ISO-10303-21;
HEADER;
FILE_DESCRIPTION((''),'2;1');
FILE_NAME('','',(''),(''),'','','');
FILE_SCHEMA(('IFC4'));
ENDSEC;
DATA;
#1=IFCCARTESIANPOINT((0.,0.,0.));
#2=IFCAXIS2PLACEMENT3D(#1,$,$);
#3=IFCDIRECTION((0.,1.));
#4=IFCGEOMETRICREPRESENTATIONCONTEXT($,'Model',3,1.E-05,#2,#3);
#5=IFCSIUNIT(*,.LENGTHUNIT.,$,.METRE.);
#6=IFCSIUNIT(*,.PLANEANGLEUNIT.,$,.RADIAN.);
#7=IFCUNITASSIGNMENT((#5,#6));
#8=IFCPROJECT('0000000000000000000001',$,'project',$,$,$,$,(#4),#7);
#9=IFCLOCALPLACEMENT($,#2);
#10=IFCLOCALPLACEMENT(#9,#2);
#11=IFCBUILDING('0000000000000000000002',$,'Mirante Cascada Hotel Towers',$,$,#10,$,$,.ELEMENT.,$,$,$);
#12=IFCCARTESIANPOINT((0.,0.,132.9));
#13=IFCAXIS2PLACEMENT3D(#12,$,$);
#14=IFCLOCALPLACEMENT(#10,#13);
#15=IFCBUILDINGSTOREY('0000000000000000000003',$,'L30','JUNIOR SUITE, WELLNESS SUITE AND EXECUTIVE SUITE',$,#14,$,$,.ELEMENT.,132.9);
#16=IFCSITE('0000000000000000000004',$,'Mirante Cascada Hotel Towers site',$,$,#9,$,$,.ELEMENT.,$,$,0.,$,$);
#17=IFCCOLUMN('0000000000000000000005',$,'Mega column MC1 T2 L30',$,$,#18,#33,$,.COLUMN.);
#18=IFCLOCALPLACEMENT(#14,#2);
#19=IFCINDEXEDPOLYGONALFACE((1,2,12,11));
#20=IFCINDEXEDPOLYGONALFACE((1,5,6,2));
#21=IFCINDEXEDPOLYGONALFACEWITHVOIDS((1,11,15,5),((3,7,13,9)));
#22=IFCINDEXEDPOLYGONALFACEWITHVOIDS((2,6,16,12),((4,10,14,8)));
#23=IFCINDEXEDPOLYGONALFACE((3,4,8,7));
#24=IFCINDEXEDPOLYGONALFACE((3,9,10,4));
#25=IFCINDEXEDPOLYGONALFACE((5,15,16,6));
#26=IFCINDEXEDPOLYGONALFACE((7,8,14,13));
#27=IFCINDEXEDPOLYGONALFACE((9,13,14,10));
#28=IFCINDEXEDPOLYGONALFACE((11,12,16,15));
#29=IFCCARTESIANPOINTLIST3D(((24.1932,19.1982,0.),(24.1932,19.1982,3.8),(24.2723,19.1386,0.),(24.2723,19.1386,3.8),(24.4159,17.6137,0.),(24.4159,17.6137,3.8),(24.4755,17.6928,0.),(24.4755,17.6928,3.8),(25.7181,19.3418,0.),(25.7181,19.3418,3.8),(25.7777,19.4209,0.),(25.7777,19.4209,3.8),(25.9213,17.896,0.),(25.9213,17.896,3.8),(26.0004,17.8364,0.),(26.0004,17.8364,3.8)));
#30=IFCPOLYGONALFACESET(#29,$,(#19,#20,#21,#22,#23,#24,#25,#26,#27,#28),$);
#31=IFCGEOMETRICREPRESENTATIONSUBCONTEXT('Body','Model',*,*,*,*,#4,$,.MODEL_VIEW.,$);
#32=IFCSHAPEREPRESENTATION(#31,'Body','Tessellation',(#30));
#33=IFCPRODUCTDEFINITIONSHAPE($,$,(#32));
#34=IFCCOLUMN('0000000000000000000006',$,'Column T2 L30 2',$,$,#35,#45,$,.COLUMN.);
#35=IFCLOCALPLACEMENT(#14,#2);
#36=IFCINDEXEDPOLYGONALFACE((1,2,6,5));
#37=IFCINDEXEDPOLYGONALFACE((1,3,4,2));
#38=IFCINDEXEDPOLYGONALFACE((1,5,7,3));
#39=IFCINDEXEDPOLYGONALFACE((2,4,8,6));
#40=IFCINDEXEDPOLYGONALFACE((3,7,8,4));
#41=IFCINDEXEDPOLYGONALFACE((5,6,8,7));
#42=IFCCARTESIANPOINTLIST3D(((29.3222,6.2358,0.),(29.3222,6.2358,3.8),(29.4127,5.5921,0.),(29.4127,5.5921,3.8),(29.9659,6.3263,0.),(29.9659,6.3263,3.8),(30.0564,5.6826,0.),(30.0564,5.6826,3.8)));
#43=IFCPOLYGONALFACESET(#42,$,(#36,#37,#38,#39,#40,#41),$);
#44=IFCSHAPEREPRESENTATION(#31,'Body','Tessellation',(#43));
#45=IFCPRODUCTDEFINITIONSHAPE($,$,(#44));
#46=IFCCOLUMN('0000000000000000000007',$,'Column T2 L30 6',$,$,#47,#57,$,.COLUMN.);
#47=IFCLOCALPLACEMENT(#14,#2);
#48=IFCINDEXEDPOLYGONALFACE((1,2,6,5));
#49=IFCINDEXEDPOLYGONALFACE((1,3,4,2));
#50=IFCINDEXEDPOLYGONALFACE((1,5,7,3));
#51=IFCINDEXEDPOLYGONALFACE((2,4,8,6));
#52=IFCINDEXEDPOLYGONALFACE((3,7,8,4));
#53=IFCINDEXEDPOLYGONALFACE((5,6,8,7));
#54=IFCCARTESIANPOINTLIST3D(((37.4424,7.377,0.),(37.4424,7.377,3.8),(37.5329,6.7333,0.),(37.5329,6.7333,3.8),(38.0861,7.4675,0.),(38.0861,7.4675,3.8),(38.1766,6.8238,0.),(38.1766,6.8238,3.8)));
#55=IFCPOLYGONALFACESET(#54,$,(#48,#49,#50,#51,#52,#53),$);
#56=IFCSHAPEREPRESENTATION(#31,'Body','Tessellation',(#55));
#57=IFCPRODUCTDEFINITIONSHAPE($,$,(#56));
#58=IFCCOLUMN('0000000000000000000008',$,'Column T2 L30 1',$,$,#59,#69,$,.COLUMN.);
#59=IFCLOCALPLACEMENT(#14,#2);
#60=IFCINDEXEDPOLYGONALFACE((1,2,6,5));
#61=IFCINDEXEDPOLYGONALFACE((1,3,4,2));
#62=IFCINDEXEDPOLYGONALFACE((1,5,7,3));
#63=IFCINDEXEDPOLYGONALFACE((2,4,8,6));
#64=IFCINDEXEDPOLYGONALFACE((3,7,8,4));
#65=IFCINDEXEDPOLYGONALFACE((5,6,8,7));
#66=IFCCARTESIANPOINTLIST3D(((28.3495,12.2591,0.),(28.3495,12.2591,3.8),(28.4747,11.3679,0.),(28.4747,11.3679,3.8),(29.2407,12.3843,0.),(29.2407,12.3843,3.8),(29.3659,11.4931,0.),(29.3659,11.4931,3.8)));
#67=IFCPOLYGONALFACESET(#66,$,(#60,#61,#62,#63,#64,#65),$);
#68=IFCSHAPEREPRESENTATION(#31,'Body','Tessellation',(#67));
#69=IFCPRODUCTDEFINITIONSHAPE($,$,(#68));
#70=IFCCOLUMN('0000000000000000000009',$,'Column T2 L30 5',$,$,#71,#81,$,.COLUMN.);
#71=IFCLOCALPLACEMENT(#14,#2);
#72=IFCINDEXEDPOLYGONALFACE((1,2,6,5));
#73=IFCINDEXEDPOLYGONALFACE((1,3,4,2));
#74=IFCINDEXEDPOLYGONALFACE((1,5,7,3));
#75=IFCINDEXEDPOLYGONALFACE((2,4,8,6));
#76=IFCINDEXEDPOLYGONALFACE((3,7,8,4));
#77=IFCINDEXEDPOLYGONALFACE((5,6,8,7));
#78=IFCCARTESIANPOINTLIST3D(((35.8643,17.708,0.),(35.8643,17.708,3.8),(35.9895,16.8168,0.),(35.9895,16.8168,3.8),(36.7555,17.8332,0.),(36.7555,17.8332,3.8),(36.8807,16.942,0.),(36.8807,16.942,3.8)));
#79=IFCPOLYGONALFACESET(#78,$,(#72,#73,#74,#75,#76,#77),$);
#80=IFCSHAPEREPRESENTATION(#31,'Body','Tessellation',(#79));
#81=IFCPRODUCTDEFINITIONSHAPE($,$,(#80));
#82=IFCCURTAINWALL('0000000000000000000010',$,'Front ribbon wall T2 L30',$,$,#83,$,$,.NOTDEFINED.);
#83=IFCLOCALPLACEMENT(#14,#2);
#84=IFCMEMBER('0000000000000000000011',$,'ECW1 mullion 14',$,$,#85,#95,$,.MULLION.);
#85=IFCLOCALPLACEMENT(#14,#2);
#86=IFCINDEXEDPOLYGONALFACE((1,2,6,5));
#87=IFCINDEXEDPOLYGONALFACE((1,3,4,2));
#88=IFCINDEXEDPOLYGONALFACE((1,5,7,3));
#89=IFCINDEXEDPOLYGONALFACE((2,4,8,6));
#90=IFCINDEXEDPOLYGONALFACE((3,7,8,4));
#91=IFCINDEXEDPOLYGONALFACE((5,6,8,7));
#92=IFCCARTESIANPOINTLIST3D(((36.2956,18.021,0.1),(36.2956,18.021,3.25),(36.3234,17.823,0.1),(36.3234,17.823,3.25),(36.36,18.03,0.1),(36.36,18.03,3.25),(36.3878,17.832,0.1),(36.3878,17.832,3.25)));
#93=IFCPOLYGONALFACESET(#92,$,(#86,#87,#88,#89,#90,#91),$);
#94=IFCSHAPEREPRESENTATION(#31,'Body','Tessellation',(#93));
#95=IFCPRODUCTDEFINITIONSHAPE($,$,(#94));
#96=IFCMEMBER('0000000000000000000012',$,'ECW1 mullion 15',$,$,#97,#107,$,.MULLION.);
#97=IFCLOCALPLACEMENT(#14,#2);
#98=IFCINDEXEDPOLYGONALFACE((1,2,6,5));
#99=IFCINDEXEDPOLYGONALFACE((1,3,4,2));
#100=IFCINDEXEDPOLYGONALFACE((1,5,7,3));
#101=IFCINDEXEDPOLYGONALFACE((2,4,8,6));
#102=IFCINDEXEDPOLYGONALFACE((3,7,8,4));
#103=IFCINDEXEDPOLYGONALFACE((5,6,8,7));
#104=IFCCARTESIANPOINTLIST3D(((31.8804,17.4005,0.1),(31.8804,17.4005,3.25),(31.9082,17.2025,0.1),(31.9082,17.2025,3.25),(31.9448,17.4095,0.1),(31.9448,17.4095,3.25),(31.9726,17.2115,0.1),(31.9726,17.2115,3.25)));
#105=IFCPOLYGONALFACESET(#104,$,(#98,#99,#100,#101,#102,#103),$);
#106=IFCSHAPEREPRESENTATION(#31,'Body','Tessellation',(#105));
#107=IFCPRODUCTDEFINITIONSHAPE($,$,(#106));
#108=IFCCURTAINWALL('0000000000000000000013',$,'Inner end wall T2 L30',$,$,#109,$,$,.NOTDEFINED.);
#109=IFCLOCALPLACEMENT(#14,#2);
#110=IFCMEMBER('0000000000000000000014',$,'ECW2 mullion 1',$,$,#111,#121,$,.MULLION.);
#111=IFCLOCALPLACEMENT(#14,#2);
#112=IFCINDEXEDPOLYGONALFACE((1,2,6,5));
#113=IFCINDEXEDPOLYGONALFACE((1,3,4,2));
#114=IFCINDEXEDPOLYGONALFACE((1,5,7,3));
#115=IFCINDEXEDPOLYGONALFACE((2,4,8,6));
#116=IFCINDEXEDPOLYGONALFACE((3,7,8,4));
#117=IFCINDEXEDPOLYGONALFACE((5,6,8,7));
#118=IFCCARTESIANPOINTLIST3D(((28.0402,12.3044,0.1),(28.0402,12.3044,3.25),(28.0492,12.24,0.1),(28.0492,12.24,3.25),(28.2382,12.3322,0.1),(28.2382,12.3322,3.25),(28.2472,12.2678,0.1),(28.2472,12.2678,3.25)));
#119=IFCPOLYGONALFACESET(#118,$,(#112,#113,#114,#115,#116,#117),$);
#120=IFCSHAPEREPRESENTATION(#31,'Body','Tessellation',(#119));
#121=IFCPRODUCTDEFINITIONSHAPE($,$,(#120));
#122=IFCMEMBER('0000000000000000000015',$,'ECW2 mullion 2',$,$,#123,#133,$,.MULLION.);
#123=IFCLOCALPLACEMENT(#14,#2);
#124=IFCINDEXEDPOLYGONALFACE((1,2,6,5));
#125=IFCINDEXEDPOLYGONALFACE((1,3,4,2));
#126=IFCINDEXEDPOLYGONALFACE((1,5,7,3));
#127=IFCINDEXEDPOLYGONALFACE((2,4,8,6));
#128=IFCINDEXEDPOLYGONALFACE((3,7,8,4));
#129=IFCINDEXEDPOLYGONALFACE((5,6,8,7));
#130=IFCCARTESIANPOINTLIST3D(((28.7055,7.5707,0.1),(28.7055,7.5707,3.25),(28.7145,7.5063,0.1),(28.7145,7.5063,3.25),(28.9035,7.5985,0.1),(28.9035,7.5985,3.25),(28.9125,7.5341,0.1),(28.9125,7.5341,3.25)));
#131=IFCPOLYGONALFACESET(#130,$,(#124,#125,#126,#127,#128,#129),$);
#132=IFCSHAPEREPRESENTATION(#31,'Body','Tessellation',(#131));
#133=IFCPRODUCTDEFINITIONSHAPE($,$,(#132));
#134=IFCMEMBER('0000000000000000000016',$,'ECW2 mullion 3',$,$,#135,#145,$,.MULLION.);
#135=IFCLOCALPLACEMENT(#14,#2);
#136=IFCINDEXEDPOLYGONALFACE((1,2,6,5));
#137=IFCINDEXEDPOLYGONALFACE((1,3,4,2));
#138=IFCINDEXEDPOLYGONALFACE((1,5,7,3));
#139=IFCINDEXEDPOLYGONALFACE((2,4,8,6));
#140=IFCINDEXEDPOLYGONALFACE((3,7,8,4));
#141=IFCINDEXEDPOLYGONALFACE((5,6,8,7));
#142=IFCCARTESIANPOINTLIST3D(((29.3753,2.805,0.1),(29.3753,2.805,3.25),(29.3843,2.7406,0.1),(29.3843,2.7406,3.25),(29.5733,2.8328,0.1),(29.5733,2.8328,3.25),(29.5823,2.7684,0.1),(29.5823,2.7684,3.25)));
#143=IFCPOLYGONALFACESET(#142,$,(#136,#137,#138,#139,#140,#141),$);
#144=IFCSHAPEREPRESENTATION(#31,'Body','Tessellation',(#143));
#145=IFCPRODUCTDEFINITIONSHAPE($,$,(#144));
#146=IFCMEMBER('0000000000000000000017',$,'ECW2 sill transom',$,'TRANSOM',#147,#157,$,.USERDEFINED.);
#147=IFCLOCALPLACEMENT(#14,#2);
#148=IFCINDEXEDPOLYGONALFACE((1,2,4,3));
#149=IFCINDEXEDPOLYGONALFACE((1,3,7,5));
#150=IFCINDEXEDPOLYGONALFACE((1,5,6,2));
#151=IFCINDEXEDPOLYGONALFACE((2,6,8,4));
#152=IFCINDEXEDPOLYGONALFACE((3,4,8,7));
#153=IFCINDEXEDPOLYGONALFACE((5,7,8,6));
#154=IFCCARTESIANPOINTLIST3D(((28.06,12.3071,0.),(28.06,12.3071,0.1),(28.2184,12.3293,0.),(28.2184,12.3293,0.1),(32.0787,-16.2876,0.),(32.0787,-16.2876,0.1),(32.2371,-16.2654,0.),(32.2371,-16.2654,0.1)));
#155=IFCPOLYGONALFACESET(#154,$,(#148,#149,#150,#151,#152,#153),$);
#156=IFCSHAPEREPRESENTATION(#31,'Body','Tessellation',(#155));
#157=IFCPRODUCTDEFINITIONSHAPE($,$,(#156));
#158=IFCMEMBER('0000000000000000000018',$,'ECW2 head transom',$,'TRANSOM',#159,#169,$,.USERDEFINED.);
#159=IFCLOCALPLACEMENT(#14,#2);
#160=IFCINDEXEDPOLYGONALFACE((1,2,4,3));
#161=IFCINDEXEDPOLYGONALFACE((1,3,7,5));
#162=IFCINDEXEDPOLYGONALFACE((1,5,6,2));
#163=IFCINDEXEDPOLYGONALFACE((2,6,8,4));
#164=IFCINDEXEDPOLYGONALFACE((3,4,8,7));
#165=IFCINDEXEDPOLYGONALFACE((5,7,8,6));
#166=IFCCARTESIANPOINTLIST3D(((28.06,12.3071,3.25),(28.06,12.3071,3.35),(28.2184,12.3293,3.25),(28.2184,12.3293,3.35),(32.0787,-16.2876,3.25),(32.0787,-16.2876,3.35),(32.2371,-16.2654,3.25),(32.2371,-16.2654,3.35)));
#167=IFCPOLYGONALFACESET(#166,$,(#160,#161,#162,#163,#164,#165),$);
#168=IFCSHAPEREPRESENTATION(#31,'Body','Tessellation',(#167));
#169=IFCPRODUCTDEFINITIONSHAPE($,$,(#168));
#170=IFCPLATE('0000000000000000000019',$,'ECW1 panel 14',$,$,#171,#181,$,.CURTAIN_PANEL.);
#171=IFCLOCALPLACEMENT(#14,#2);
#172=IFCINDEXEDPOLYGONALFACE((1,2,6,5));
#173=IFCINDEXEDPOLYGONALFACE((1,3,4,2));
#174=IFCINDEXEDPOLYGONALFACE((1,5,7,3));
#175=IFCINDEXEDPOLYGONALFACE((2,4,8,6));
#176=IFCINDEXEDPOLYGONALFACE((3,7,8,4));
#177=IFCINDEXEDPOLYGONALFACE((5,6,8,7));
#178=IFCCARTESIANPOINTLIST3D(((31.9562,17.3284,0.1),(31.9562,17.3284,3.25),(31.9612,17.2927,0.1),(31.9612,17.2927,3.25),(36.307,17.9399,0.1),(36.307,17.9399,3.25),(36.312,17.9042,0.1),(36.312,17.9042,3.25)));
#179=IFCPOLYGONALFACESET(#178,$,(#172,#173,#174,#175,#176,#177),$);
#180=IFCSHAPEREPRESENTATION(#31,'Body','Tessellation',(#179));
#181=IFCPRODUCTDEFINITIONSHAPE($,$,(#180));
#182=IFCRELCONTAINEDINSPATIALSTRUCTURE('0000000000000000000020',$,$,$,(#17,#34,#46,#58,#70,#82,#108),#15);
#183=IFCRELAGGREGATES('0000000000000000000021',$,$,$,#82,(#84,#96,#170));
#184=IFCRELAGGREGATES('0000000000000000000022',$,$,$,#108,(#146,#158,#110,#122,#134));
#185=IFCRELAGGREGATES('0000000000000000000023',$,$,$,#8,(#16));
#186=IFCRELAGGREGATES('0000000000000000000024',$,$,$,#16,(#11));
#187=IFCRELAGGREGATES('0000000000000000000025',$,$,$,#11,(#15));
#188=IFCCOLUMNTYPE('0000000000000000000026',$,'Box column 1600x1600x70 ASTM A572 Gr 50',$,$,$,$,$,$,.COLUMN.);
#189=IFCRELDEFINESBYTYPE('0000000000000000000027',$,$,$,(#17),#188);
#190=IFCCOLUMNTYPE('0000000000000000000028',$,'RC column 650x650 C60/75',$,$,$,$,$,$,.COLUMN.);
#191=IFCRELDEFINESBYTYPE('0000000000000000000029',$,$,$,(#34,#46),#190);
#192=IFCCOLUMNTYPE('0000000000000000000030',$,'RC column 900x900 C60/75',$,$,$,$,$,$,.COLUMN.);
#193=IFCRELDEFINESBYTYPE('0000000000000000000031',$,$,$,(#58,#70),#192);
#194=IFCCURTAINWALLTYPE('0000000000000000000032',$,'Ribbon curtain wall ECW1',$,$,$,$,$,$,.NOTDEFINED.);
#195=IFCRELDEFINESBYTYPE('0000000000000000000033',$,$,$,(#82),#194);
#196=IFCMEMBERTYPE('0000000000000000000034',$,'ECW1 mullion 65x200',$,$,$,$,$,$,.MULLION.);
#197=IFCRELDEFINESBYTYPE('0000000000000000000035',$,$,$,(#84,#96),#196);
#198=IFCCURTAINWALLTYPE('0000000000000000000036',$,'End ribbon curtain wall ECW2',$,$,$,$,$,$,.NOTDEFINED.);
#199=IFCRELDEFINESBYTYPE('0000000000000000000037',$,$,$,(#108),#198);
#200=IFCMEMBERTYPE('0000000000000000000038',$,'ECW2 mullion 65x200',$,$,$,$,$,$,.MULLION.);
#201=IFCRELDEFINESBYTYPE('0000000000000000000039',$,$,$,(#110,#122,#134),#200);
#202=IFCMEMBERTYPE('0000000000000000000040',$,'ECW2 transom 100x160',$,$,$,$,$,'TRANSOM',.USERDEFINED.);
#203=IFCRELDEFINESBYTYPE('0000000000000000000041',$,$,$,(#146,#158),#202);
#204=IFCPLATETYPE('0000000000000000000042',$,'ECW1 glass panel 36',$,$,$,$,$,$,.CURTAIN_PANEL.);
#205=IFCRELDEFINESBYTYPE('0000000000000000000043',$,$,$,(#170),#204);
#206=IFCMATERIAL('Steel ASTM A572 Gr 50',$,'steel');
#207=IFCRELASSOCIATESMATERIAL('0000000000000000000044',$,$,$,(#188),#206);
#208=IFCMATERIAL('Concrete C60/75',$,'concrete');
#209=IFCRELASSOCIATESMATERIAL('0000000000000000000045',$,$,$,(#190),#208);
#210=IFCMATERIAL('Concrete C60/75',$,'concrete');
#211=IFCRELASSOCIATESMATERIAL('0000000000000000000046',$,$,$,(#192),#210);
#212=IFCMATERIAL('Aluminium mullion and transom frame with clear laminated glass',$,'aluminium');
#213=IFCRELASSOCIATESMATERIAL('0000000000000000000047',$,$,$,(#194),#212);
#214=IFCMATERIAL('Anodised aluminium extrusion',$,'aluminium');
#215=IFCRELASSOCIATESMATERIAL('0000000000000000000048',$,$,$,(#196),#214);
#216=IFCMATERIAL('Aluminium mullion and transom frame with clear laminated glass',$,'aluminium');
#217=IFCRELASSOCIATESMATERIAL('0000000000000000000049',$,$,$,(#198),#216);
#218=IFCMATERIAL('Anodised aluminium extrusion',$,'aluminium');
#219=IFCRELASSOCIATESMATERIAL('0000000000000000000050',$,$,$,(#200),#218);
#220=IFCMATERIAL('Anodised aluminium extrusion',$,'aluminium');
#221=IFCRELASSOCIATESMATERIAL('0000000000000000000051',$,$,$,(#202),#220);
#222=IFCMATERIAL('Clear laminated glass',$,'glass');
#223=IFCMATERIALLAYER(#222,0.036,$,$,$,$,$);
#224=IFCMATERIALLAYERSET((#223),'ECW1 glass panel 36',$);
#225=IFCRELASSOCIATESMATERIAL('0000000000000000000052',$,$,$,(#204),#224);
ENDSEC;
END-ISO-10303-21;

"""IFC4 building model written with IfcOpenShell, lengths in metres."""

from ifc_helpers import new_model, si_unit, direction, frame, origin, origin_2d, place, context, subcontext, project, spatial, rectangle, hollow_rectangle, extrude, material, layer, layer_set, material_profile, profile_set, type_object, element, aggregate, save


model = new_model("IFC4")

# Units and contexts
model_context = context("Model", 3, precision=1e-05, world=origin(), true_north=direction((0.0, 1.0)))
body_context = subcontext(model_context, "Body", "Model", "MODEL_VIEW")
ifc_project = project(units=[si_unit("LENGTHUNIT", "METRE"), si_unit("PLANEANGLEUNIT", "RADIAN")], contexts=[model_context])

# Site, building, storey
site_placement = place(None, origin())
site = spatial("IfcSite", under=ifc_project, at=site_placement, Name="Mirante Cascada Hotel Towers site", CompositionType="ELEMENT", RefElevation=0.0)
building_placement = place(site_placement, origin())
building = spatial("IfcBuilding", under=site, at=building_placement, Name="Mirante Cascada Hotel Towers", CompositionType="ELEMENT")
storey_placement = place(building_placement, frame((0.0, 0.0, 132.9)))
storey = spatial("IfcBuildingStorey", under=building, at=storey_placement, Name="L30", Description="JUNIOR SUITE, WELLNESS SUITE AND EXECUTIVE SUITE", CompositionType="ELEMENT", Elevation=132.9)

# Columns
ifc_material_1 = material(Name="Steel ASTM A572 Gr 50", Category="steel")
ifc_material_profile_1 = material_profile(ifc_material_1, hollow_rectangle(XDim=1.6, YDim=1.6, WallThickness=0.07, at=origin_2d()), Name="Box column 1600x1600x70 ASTM A572 Gr 50")
ifc_profile_set_1 = profile_set([ifc_material_profile_1], Name="Steel ASTM A572 Gr 50")
column_type_1 = type_object("IfcColumnType", Name="Box column 1600x1600x70 ASTM A572 Gr 50", PredefinedType="COLUMN", material=ifc_profile_set_1)
column_placement = place(storey_placement, frame((25.0968, 18.5173, 0.0), z_axis=(0.0, 0.0, 1.0), x_axis=(0.990268, 0.139173, 0.0)))
element("IfcColumn", 1, at=column_placement, inside=storey, type_object=column_type_1, Name="Mega column MC1 T2 L30", PredefinedType="COLUMN", context=body_context, shape_type="SweptSolid", body=[
    extrude(hollow_rectangle(XDim=1.6, YDim=1.6, WallThickness=0.07, at=origin_2d()), origin(), (0.0, 0.0, 1.0), 3.8),
])
ifc_material_2 = material(Name="Concrete C60/75", Category="concrete")
ifc_material_profile_2 = material_profile(ifc_material_2, rectangle(XDim=0.65, YDim=0.65, at=origin_2d()), Name="RC column 650x650 C60/75")
ifc_profile_set_2 = profile_set([ifc_material_profile_2], Name="Concrete C60/75")
column_type_2 = type_object("IfcColumnType", Name="RC column 650x650 C60/75", PredefinedType="COLUMN", material=ifc_profile_set_2)
for number, where, z_axis, x_axis, name in (
    (2, (29.6893, 5.9592, 0.0), (0.0, 0.0, 1.0), (0.990268, 0.139173, 0.0), "Column T2 L30 2"),
    (3, (37.8095, 7.1004, 0.0), (0.0, 0.0, 1.0), (0.990268, 0.139173, 0.0), "Column T2 L30 6"),
):
    element("IfcColumn", number, at=place(storey_placement, frame(where, z_axis=z_axis, x_axis=x_axis)), inside=storey, type_object=column_type_2, Name=name, PredefinedType="COLUMN", context=body_context, shape_type="SweptSolid", body=[
        extrude(rectangle(XDim=0.65, YDim=0.65, at=origin_2d()), origin(), (0.0, 0.0, 1.0), 3.8),
    ])
ifc_material_3 = material(Name="Concrete C60/75", Category="concrete")
ifc_material_profile_3 = material_profile(ifc_material_3, rectangle(XDim=0.9, YDim=0.9, at=origin_2d()), Name="RC column 900x900 C60/75")
ifc_profile_set_3 = profile_set([ifc_material_profile_3], Name="Concrete C60/75")
column_type_3 = type_object("IfcColumnType", Name="RC column 900x900 C60/75", PredefinedType="COLUMN", material=ifc_profile_set_3)
for number, where, z_axis, x_axis, name in (
    (4, (28.8577, 11.8761, 0.0), (0.0, 0.0, 1.0), (0.990268, 0.139173, 0.0), "Column T2 L30 1"),
    (5, (36.3725, 17.325, 0.0), (0.0, 0.0, 1.0), (0.990268, 0.139173, 0.0), "Column T2 L30 5"),
):
    element("IfcColumn", number, at=place(storey_placement, frame(where, z_axis=z_axis, x_axis=x_axis)), inside=storey, type_object=column_type_3, Name=name, PredefinedType="COLUMN", context=body_context, shape_type="SweptSolid", body=[
        extrude(rectangle(XDim=0.9, YDim=0.9, at=origin_2d()), origin(), (0.0, 0.0, 1.0), 3.8),
    ])

# Curtain walls, members
ifc_material_4 = material(Name="Aluminium mullion and transom frame with clear laminated glass", Category="aluminium")
curtain_wall_type_1 = type_object("IfcCurtainWallType", Name="Ribbon curtain wall ECW1", PredefinedType="NOTDEFINED", material=ifc_material_4)
curtain_wall_1_placement = place(storey_placement, origin())
curtain_wall_1 = element("IfcCurtainWall", 6, at=curtain_wall_1_placement, inside=storey, type_object=curtain_wall_type_1, Name="Front ribbon wall T2 L30", PredefinedType="NOTDEFINED")
ifc_material_5 = material(Name="Anodised aluminium extrusion", Category="aluminium")
ifc_material_profile_4 = material_profile(ifc_material_5, rectangle(XDim=0.2, YDim=0.065, at=origin_2d()), Name="ECW1 MULLION 65x200")
ifc_profile_set_4 = profile_set([ifc_material_profile_4], Name="Anodised aluminium extrusion")
member_type_1 = type_object("IfcMemberType", Name="ECW1 mullion 65x200", PredefinedType="MULLION", material=ifc_profile_set_4)
member_1_placement = place(storey_placement, frame((36.3417, 17.9265, 0.1), z_axis=(0.0, 0.0, 1.0), x_axis=(0.139173, -0.990268, 0.0)))
member_1 = element("IfcMember", 7, at=member_1_placement, type_object=member_type_1, Name="ECW1 mullion 14", PredefinedType="MULLION", context=body_context, shape_type="SweptSolid", body=[
    extrude(rectangle(XDim=0.2, YDim=0.065, at=origin_2d()), origin(), (0.0, 0.0, 1.0), 3.15),
])
member_2_placement = place(storey_placement, frame((31.9265, 17.306, 0.1), z_axis=(0.0, 0.0, 1.0), x_axis=(0.139173, -0.990268, 0.0)))
member_2 = element("IfcMember", 8, at=member_2_placement, type_object=member_type_1, Name="ECW1 mullion 15", PredefinedType="MULLION", context=body_context, shape_type="SweptSolid", body=[
    extrude(rectangle(XDim=0.2, YDim=0.065, at=origin_2d()), origin(), (0.0, 0.0, 1.0), 3.15),
])
ifc_material_6 = material(Name="Aluminium mullion and transom frame with clear laminated glass", Category="aluminium")
curtain_wall_type_2 = type_object("IfcCurtainWallType", Name="End ribbon curtain wall ECW2", PredefinedType="NOTDEFINED", material=ifc_material_6)
curtain_wall_2_placement = place(storey_placement, origin())
curtain_wall_2 = element("IfcCurtainWall", 9, at=curtain_wall_2_placement, inside=storey, type_object=curtain_wall_type_2, Name="Inner end wall T2 L30", PredefinedType="NOTDEFINED")
ifc_material_7 = material(Name="Anodised aluminium extrusion", Category="aluminium")
ifc_material_profile_5 = material_profile(ifc_material_7, rectangle(XDim=0.2, YDim=0.065, at=origin_2d()), Name="ECW2 MULLION 65x200")
ifc_profile_set_5 = profile_set([ifc_material_profile_5], Name="Anodised aluminium extrusion")
member_type_2 = type_object("IfcMemberType", Name="ECW2 mullion 65x200", PredefinedType="MULLION", material=ifc_profile_set_5)
member_3_placement = place(storey_placement, frame((28.1437, 12.2861, 0.1), z_axis=(0.0, 0.0, 1.0), x_axis=(0.990268, 0.139173, 0.0)))
member_3 = element("IfcMember", 10, at=member_3_placement, type_object=member_type_2, Name="ECW2 mullion 1", PredefinedType="MULLION", context=body_context, shape_type="SweptSolid", body=[
    extrude(rectangle(XDim=0.2, YDim=0.065, at=origin_2d()), origin(), (0.0, 0.0, 1.0), 3.15),
])
member_4_placement = place(storey_placement, frame((28.809, 7.5524, 0.1), z_axis=(0.0, 0.0, 1.0), x_axis=(0.990268, 0.139173, 0.0)))
member_4 = element("IfcMember", 11, at=member_4_placement, type_object=member_type_2, Name="ECW2 mullion 2", PredefinedType="MULLION", context=body_context, shape_type="SweptSolid", body=[
    extrude(rectangle(XDim=0.2, YDim=0.065, at=origin_2d()), origin(), (0.0, 0.0, 1.0), 3.15),
])
member_5_placement = place(storey_placement, frame((29.4788, 2.7867, 0.1), z_axis=(0.0, 0.0, 1.0), x_axis=(0.990268, 0.139173, 0.0)))
member_5 = element("IfcMember", 12, at=member_5_placement, type_object=member_type_2, Name="ECW2 mullion 3", PredefinedType="MULLION", context=body_context, shape_type="SweptSolid", body=[
    extrude(rectangle(XDim=0.2, YDim=0.065, at=origin_2d()), origin(), (0.0, 0.0, 1.0), 3.15),
])
ifc_material_8 = material(Name="Anodised aluminium extrusion", Category="aluminium")
ifc_material_profile_6 = material_profile(ifc_material_8, rectangle(XDim=0.16, YDim=0.1, at=origin_2d()), Name="ECW2 TRANSOM 100x160")
ifc_profile_set_6 = profile_set([ifc_material_profile_6], Name="Anodised aluminium extrusion")
member_type_3 = type_object("IfcMemberType", Name="ECW2 transom 100x160", ElementType="TRANSOM", PredefinedType="USERDEFINED", material=ifc_profile_set_6)
member_6_placement = place(storey_placement, frame((28.1392, 12.3182, 0.05), z_axis=(0.139172, -0.990268, 0.0), x_axis=(0.990268, 0.139172, 0.0)))
member_6 = element("IfcMember", 13, at=member_6_placement, type_object=member_type_3, Name="ECW2 sill transom", ObjectType="TRANSOM", PredefinedType="USERDEFINED", context=body_context, shape_type="SweptSolid", body=[
    extrude(rectangle(XDim=0.16, YDim=0.1, at=origin_2d()), origin(), (0.0, 0.0, 1.0), 28.8757),
])
member_7_placement = place(storey_placement, frame((28.1392, 12.3182, 3.3), z_axis=(0.139172, -0.990268, 0.0), x_axis=(0.990268, 0.139172, 0.0)))
member_7 = element("IfcMember", 14, at=member_7_placement, type_object=member_type_3, Name="ECW2 head transom", ObjectType="TRANSOM", PredefinedType="USERDEFINED", context=body_context, shape_type="SweptSolid", body=[
    extrude(rectangle(XDim=0.16, YDim=0.1, at=origin_2d()), origin(), (0.0, 0.0, 1.0), 28.8757),
])

# Plate
ifc_material_9 = material(Name="Clear laminated glass", Category="glass")
ifc_layer_1 = layer(ifc_material_9, 0.036)
ifc_layer_set_1 = layer_set([ifc_layer_1], Name="ECW1 glass panel 36")
plate_type_1 = type_object("IfcPlateType", Name="ECW1 glass panel 36", PredefinedType="CURTAIN_PANEL", material=ifc_layer_set_1)
plate_1_placement = place(storey_placement, frame((34.1341, 17.6163, 0.1), z_axis=(0.0, 0.0, 1.0), x_axis=(-0.990268, -0.139173, 0.0)))
plate_1 = element("IfcPlate", 15, at=plate_1_placement, type_object=plate_type_1, Name="ECW1 panel 14", PredefinedType="CURTAIN_PANEL", context=body_context, shape_type="SweptSolid", body=[
    extrude(rectangle(XDim=4.3936, YDim=0.036, at=origin_2d()), origin(), (0.0, 0.0, 1.0), 3.15),
])
aggregate(curtain_wall_1, [member_1, member_2, plate_1])
aggregate(curtain_wall_2, [member_6, member_7, member_3, member_4, member_5])

save(model, "model.ifc")
